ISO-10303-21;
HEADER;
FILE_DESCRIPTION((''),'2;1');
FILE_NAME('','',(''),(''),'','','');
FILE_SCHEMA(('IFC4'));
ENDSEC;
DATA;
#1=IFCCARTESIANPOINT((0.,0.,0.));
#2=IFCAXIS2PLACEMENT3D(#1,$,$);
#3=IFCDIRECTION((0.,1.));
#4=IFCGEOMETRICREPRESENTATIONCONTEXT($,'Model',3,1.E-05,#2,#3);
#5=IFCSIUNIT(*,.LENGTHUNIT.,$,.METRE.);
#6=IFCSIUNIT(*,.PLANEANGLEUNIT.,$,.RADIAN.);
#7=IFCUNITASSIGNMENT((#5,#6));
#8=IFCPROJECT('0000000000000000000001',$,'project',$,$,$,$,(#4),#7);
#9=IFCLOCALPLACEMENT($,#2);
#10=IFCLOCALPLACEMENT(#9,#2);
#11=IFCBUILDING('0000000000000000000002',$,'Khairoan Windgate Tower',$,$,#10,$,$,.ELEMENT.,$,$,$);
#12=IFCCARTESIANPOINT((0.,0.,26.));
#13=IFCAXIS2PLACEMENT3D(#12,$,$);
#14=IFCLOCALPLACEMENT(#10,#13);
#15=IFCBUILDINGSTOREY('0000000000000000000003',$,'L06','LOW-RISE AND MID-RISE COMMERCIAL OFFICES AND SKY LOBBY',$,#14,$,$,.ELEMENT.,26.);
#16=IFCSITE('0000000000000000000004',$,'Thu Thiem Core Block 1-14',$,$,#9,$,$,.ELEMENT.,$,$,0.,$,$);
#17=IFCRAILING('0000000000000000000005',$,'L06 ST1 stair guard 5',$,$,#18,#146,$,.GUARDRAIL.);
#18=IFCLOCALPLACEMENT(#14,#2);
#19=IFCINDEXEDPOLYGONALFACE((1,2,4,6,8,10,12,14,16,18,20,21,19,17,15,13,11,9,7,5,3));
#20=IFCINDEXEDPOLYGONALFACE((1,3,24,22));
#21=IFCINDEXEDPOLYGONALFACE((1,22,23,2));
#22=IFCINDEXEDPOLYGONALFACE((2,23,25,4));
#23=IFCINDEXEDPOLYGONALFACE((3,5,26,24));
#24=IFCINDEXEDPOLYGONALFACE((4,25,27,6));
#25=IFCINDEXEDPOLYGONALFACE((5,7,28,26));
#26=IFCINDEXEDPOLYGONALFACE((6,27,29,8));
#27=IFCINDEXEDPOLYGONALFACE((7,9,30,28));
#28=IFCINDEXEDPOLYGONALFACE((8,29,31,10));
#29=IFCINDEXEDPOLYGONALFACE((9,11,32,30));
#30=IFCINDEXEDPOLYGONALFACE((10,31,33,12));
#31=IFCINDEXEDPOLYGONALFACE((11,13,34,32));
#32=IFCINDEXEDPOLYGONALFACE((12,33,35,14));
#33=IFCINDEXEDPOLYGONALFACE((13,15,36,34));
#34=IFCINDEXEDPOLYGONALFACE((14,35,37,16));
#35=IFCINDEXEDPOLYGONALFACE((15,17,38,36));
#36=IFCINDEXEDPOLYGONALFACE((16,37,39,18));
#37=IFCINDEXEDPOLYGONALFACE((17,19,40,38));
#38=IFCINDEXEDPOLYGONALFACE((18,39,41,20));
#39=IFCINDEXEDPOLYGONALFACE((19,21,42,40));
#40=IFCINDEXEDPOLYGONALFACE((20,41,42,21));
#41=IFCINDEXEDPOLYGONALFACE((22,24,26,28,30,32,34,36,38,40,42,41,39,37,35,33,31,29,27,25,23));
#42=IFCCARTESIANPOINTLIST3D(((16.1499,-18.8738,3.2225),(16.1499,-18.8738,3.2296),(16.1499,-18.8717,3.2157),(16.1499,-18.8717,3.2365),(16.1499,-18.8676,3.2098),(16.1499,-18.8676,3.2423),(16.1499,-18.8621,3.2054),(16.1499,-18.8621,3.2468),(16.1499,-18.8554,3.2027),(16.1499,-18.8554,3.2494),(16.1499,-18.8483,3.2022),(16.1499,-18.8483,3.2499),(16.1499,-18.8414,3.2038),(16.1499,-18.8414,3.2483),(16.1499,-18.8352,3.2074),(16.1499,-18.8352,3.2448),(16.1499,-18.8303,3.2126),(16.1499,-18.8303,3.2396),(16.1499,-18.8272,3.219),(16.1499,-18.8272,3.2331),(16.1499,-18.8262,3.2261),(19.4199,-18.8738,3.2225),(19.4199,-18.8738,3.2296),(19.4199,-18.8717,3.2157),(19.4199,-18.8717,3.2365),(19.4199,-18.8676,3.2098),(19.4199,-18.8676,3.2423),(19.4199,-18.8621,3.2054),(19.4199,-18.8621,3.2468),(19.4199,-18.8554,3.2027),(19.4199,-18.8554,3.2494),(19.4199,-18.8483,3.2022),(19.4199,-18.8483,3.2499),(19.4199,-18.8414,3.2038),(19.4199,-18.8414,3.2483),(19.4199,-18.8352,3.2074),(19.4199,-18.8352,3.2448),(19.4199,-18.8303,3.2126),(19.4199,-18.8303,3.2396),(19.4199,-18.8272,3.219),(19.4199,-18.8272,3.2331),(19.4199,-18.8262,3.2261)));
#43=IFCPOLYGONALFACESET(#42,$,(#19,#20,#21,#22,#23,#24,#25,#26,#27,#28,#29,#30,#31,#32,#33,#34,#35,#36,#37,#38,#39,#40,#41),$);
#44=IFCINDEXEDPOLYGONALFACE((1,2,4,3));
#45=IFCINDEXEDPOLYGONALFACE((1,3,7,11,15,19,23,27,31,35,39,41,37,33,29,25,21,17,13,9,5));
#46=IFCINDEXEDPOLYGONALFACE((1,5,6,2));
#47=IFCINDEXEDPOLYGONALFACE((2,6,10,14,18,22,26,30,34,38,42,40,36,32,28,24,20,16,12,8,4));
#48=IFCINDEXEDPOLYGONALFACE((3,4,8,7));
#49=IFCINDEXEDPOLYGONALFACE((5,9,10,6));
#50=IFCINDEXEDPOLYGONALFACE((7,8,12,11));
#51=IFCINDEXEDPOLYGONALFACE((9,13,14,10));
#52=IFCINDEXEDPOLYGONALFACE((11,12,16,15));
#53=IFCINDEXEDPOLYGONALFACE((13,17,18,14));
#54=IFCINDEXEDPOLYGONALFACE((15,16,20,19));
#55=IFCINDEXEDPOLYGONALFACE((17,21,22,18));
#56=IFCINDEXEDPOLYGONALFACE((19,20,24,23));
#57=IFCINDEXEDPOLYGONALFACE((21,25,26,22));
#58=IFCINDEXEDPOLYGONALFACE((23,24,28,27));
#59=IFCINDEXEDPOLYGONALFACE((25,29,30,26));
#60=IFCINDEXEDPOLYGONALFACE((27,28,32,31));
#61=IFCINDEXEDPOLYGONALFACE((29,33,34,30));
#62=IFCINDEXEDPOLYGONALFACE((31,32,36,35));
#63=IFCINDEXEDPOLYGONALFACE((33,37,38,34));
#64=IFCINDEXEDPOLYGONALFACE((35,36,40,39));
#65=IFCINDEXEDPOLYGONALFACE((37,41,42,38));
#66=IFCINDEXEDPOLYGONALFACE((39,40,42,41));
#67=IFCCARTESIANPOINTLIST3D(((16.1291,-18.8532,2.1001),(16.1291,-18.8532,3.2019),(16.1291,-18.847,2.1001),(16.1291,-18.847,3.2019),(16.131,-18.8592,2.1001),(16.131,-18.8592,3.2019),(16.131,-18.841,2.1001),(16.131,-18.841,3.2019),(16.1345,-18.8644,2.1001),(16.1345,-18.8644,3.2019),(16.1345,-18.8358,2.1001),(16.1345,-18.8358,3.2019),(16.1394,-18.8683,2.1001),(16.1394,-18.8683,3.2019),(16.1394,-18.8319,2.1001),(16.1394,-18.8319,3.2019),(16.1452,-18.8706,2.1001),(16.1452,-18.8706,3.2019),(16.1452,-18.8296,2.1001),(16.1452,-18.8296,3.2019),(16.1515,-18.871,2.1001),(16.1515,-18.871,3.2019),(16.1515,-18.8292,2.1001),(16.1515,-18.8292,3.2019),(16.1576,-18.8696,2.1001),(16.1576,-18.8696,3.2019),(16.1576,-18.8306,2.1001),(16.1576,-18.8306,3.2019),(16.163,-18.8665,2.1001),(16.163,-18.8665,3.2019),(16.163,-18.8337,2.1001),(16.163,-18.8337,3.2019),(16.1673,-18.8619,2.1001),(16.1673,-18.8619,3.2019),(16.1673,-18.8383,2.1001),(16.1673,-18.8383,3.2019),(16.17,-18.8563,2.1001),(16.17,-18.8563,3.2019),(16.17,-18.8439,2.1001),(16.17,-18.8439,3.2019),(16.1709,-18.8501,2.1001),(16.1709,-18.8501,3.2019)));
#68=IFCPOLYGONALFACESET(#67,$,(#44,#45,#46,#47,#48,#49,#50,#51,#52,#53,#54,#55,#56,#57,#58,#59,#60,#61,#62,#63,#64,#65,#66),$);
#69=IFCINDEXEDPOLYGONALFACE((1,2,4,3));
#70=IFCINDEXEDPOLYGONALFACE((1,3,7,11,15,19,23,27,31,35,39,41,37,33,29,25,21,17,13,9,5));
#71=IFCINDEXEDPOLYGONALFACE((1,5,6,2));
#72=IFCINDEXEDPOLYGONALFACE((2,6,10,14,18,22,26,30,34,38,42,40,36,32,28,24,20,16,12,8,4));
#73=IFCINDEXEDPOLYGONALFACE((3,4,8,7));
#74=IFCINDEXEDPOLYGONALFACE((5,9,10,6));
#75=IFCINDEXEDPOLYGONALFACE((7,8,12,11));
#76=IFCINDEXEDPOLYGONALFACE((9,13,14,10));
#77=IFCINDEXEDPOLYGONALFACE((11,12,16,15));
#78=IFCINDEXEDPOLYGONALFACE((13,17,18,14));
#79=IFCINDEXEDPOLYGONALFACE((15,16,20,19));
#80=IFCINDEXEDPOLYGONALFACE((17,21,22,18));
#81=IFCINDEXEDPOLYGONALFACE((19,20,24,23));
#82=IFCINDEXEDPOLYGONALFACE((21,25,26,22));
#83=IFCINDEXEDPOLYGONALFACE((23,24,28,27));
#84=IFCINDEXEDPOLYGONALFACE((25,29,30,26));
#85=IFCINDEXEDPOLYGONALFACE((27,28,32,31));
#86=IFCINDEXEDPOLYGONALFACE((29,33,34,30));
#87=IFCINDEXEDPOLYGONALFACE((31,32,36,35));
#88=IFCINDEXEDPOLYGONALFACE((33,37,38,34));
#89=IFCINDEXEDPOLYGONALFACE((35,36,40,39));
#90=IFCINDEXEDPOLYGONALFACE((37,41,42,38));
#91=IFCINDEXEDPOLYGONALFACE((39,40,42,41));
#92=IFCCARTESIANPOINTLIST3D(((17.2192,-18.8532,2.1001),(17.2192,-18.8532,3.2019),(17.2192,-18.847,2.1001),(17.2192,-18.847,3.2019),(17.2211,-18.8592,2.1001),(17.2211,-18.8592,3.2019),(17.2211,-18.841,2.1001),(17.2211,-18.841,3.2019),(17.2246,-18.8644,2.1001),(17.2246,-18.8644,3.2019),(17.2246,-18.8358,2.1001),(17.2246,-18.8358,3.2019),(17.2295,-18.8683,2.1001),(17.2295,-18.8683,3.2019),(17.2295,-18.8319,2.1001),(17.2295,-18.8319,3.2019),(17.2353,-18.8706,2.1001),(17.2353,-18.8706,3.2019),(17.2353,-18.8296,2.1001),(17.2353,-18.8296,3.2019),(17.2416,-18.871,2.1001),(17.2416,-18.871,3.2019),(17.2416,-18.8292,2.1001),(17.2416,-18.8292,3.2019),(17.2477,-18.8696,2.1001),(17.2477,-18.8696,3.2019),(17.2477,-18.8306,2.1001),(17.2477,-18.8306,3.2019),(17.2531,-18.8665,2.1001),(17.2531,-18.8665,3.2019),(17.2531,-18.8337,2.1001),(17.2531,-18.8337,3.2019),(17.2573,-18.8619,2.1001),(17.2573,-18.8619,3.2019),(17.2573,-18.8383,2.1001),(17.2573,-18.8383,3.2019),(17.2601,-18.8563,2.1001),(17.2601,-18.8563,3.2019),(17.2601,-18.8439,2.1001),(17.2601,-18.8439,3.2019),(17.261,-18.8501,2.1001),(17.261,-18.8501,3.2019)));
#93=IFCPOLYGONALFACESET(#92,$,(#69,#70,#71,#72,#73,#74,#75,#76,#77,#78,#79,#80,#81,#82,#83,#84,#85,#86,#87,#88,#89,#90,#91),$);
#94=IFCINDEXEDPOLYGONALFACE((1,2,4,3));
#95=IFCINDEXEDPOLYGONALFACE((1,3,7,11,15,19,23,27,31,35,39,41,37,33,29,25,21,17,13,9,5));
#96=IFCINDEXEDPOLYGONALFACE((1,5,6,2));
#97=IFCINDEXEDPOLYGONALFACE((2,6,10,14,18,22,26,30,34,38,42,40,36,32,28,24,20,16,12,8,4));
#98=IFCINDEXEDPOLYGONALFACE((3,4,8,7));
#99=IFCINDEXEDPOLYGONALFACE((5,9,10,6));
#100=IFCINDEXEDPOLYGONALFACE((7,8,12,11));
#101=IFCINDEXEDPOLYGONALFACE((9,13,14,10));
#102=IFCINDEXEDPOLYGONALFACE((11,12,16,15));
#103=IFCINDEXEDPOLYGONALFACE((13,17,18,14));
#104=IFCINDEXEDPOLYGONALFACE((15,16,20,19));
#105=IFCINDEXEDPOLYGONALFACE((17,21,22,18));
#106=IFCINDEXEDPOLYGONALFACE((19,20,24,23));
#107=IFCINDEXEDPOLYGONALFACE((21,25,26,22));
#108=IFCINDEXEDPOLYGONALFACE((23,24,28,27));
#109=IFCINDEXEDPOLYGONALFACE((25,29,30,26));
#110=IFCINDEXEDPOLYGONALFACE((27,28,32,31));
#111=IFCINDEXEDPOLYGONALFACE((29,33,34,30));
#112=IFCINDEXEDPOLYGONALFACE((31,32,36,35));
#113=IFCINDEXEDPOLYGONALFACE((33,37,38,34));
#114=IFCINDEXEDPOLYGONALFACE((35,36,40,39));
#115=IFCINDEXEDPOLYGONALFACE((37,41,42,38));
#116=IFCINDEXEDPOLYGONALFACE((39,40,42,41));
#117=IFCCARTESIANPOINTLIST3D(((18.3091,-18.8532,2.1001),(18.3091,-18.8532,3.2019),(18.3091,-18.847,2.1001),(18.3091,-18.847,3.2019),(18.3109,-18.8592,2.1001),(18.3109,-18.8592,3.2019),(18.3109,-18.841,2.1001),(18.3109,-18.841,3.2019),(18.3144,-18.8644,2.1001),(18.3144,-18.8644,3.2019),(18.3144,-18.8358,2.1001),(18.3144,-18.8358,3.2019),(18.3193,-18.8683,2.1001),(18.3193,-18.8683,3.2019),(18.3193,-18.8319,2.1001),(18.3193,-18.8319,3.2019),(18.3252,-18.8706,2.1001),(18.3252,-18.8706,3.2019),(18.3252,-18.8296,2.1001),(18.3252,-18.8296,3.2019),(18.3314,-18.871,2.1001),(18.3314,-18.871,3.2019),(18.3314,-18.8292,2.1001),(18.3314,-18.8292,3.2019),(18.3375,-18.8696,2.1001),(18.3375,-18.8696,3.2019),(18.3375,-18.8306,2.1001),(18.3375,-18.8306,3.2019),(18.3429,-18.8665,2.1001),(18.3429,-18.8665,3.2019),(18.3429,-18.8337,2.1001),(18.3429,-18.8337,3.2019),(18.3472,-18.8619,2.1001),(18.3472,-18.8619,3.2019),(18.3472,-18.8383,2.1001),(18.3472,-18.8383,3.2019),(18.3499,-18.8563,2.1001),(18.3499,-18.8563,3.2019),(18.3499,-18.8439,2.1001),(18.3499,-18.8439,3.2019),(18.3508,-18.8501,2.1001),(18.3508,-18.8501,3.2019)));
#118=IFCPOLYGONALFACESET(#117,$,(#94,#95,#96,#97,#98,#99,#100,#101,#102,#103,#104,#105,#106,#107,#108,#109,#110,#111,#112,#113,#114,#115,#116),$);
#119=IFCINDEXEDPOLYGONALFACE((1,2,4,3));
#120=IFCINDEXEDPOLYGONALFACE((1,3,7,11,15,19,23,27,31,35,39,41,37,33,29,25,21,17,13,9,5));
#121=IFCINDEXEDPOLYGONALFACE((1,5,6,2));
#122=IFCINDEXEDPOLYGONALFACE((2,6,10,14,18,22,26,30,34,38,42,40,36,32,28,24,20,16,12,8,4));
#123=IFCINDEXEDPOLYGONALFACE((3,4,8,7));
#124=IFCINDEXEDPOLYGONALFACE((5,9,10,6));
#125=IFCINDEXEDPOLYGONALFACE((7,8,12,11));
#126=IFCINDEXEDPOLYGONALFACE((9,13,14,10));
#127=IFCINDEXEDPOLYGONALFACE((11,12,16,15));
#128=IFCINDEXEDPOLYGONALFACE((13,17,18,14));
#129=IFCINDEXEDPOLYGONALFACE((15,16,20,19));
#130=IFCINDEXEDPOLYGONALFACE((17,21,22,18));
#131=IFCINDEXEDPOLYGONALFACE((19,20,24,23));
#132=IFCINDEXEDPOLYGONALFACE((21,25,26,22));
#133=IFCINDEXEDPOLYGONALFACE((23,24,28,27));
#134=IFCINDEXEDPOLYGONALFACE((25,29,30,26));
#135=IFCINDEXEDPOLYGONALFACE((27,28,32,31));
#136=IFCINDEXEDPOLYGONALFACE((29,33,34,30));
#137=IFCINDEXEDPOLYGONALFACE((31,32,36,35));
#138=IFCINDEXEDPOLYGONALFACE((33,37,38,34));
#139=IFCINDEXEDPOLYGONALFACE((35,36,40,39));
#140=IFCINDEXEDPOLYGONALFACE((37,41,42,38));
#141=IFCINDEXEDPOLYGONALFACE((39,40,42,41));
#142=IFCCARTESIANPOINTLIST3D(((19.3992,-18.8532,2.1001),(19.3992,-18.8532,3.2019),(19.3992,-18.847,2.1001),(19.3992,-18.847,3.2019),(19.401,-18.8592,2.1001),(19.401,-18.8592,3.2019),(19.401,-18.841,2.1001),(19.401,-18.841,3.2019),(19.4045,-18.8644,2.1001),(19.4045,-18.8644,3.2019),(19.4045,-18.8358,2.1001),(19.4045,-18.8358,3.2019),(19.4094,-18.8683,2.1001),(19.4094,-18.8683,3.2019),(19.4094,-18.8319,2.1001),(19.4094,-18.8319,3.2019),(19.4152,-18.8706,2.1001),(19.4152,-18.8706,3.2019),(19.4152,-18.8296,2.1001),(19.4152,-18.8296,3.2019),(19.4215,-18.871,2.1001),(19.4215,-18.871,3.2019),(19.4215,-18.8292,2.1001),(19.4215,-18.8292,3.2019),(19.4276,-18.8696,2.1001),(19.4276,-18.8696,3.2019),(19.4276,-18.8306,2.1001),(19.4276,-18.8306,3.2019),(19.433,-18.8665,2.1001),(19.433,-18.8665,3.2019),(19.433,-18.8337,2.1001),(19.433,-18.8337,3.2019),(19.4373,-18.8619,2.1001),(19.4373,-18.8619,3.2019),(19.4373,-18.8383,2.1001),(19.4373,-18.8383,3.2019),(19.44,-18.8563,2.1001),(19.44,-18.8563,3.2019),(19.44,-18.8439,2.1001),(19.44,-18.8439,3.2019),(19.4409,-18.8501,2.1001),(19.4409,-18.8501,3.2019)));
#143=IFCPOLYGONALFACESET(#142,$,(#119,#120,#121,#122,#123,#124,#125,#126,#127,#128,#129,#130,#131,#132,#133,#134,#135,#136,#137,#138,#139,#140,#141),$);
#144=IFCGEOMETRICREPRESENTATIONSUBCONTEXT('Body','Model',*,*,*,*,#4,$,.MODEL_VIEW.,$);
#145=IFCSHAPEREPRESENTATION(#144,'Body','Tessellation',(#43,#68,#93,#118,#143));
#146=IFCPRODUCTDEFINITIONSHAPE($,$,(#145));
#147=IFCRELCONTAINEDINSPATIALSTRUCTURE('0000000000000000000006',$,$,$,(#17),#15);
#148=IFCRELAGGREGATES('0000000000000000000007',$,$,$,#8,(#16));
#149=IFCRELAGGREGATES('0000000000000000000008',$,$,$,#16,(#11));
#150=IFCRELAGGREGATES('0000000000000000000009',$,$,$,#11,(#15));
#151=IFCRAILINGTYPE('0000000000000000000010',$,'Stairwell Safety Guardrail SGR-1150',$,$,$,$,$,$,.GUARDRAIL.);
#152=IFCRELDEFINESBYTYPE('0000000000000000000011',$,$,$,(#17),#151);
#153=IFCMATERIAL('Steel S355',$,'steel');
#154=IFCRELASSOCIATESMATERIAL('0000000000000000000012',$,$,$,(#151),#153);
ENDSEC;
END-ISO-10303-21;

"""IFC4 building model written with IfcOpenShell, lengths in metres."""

from ifc_helpers import new_model, si_unit, direction, frame, origin, origin_2d, place, context, subcontext, project, spatial, circle, extrude, material, type_object, element, save


model = new_model("IFC4")

# Units and contexts
model_context = context("Model", 3, precision=1e-05, world=origin(), true_north=direction((0.0, 1.0)))
body_context = subcontext(model_context, "Body", "Model", "MODEL_VIEW")
ifc_project = project(units=[si_unit("LENGTHUNIT", "METRE"), si_unit("PLANEANGLEUNIT", "RADIAN")], contexts=[model_context])

# Site, building, storey
site_placement = place(None, origin())
site = spatial("IfcSite", under=ifc_project, at=site_placement, Name="Thu Thiem Core Block 1-14", CompositionType="ELEMENT", RefElevation=0.0)
building_placement = place(site_placement, origin())
building = spatial("IfcBuilding", under=site, at=building_placement, Name="Khairoan Windgate Tower", CompositionType="ELEMENT")
storey_placement = place(building_placement, frame((0.0, 0.0, 26.0)))
storey = spatial("IfcBuildingStorey", under=building, at=storey_placement, Name="L06", Description="LOW-RISE AND MID-RISE COMMERCIAL OFFICES AND SKY LOBBY", CompositionType="ELEMENT", Elevation=26.0)

# Railing
ifc_material_1 = material(Name="Steel S355", Category="steel")
railing_type_1 = type_object("IfcRailingType", Name="Stairwell Safety Guardrail SGR-1150", PredefinedType="GUARDRAIL", material=ifc_material_1)
railing_1_placement = place(storey_placement, frame((16.1499, -18.8501, 2.1001)))
element("IfcRailing", 1, at=railing_1_placement, inside=storey, type_object=railing_type_1, Name="L06 ST1 stair guard 5", PredefinedType="GUARDRAIL", context=body_context, shape_type="SweptSolid", body=[
    extrude(circle(Radius=0.0239, at=origin_2d()), frame((0.0, 0.0, 1.126), z_axis=(1.0, 0.0, 0.0), x_axis=(0.0, 1.0, 0.0)), (0.0, 0.0, 1.0), 3.27),
    extrude(circle(Radius=0.021, at=origin_2d()), origin(), (0.0, 0.0, 1.0), 1.1018),
    extrude(circle(Radius=0.021, at=origin_2d()), frame((1.0901, 0.0, 0.0)), (0.0, 0.0, 1.0), 1.1018),
    extrude(circle(Radius=0.021, at=origin_2d()), frame((2.1799, 0.0, 0.0)), (0.0, 0.0, 1.0), 1.1018),
    extrude(circle(Radius=0.021, at=origin_2d()), frame((3.27, 0.0, 0.0)), (0.0, 0.0, 1.0), 1.1018),
])

save(model, "model.ifc")
